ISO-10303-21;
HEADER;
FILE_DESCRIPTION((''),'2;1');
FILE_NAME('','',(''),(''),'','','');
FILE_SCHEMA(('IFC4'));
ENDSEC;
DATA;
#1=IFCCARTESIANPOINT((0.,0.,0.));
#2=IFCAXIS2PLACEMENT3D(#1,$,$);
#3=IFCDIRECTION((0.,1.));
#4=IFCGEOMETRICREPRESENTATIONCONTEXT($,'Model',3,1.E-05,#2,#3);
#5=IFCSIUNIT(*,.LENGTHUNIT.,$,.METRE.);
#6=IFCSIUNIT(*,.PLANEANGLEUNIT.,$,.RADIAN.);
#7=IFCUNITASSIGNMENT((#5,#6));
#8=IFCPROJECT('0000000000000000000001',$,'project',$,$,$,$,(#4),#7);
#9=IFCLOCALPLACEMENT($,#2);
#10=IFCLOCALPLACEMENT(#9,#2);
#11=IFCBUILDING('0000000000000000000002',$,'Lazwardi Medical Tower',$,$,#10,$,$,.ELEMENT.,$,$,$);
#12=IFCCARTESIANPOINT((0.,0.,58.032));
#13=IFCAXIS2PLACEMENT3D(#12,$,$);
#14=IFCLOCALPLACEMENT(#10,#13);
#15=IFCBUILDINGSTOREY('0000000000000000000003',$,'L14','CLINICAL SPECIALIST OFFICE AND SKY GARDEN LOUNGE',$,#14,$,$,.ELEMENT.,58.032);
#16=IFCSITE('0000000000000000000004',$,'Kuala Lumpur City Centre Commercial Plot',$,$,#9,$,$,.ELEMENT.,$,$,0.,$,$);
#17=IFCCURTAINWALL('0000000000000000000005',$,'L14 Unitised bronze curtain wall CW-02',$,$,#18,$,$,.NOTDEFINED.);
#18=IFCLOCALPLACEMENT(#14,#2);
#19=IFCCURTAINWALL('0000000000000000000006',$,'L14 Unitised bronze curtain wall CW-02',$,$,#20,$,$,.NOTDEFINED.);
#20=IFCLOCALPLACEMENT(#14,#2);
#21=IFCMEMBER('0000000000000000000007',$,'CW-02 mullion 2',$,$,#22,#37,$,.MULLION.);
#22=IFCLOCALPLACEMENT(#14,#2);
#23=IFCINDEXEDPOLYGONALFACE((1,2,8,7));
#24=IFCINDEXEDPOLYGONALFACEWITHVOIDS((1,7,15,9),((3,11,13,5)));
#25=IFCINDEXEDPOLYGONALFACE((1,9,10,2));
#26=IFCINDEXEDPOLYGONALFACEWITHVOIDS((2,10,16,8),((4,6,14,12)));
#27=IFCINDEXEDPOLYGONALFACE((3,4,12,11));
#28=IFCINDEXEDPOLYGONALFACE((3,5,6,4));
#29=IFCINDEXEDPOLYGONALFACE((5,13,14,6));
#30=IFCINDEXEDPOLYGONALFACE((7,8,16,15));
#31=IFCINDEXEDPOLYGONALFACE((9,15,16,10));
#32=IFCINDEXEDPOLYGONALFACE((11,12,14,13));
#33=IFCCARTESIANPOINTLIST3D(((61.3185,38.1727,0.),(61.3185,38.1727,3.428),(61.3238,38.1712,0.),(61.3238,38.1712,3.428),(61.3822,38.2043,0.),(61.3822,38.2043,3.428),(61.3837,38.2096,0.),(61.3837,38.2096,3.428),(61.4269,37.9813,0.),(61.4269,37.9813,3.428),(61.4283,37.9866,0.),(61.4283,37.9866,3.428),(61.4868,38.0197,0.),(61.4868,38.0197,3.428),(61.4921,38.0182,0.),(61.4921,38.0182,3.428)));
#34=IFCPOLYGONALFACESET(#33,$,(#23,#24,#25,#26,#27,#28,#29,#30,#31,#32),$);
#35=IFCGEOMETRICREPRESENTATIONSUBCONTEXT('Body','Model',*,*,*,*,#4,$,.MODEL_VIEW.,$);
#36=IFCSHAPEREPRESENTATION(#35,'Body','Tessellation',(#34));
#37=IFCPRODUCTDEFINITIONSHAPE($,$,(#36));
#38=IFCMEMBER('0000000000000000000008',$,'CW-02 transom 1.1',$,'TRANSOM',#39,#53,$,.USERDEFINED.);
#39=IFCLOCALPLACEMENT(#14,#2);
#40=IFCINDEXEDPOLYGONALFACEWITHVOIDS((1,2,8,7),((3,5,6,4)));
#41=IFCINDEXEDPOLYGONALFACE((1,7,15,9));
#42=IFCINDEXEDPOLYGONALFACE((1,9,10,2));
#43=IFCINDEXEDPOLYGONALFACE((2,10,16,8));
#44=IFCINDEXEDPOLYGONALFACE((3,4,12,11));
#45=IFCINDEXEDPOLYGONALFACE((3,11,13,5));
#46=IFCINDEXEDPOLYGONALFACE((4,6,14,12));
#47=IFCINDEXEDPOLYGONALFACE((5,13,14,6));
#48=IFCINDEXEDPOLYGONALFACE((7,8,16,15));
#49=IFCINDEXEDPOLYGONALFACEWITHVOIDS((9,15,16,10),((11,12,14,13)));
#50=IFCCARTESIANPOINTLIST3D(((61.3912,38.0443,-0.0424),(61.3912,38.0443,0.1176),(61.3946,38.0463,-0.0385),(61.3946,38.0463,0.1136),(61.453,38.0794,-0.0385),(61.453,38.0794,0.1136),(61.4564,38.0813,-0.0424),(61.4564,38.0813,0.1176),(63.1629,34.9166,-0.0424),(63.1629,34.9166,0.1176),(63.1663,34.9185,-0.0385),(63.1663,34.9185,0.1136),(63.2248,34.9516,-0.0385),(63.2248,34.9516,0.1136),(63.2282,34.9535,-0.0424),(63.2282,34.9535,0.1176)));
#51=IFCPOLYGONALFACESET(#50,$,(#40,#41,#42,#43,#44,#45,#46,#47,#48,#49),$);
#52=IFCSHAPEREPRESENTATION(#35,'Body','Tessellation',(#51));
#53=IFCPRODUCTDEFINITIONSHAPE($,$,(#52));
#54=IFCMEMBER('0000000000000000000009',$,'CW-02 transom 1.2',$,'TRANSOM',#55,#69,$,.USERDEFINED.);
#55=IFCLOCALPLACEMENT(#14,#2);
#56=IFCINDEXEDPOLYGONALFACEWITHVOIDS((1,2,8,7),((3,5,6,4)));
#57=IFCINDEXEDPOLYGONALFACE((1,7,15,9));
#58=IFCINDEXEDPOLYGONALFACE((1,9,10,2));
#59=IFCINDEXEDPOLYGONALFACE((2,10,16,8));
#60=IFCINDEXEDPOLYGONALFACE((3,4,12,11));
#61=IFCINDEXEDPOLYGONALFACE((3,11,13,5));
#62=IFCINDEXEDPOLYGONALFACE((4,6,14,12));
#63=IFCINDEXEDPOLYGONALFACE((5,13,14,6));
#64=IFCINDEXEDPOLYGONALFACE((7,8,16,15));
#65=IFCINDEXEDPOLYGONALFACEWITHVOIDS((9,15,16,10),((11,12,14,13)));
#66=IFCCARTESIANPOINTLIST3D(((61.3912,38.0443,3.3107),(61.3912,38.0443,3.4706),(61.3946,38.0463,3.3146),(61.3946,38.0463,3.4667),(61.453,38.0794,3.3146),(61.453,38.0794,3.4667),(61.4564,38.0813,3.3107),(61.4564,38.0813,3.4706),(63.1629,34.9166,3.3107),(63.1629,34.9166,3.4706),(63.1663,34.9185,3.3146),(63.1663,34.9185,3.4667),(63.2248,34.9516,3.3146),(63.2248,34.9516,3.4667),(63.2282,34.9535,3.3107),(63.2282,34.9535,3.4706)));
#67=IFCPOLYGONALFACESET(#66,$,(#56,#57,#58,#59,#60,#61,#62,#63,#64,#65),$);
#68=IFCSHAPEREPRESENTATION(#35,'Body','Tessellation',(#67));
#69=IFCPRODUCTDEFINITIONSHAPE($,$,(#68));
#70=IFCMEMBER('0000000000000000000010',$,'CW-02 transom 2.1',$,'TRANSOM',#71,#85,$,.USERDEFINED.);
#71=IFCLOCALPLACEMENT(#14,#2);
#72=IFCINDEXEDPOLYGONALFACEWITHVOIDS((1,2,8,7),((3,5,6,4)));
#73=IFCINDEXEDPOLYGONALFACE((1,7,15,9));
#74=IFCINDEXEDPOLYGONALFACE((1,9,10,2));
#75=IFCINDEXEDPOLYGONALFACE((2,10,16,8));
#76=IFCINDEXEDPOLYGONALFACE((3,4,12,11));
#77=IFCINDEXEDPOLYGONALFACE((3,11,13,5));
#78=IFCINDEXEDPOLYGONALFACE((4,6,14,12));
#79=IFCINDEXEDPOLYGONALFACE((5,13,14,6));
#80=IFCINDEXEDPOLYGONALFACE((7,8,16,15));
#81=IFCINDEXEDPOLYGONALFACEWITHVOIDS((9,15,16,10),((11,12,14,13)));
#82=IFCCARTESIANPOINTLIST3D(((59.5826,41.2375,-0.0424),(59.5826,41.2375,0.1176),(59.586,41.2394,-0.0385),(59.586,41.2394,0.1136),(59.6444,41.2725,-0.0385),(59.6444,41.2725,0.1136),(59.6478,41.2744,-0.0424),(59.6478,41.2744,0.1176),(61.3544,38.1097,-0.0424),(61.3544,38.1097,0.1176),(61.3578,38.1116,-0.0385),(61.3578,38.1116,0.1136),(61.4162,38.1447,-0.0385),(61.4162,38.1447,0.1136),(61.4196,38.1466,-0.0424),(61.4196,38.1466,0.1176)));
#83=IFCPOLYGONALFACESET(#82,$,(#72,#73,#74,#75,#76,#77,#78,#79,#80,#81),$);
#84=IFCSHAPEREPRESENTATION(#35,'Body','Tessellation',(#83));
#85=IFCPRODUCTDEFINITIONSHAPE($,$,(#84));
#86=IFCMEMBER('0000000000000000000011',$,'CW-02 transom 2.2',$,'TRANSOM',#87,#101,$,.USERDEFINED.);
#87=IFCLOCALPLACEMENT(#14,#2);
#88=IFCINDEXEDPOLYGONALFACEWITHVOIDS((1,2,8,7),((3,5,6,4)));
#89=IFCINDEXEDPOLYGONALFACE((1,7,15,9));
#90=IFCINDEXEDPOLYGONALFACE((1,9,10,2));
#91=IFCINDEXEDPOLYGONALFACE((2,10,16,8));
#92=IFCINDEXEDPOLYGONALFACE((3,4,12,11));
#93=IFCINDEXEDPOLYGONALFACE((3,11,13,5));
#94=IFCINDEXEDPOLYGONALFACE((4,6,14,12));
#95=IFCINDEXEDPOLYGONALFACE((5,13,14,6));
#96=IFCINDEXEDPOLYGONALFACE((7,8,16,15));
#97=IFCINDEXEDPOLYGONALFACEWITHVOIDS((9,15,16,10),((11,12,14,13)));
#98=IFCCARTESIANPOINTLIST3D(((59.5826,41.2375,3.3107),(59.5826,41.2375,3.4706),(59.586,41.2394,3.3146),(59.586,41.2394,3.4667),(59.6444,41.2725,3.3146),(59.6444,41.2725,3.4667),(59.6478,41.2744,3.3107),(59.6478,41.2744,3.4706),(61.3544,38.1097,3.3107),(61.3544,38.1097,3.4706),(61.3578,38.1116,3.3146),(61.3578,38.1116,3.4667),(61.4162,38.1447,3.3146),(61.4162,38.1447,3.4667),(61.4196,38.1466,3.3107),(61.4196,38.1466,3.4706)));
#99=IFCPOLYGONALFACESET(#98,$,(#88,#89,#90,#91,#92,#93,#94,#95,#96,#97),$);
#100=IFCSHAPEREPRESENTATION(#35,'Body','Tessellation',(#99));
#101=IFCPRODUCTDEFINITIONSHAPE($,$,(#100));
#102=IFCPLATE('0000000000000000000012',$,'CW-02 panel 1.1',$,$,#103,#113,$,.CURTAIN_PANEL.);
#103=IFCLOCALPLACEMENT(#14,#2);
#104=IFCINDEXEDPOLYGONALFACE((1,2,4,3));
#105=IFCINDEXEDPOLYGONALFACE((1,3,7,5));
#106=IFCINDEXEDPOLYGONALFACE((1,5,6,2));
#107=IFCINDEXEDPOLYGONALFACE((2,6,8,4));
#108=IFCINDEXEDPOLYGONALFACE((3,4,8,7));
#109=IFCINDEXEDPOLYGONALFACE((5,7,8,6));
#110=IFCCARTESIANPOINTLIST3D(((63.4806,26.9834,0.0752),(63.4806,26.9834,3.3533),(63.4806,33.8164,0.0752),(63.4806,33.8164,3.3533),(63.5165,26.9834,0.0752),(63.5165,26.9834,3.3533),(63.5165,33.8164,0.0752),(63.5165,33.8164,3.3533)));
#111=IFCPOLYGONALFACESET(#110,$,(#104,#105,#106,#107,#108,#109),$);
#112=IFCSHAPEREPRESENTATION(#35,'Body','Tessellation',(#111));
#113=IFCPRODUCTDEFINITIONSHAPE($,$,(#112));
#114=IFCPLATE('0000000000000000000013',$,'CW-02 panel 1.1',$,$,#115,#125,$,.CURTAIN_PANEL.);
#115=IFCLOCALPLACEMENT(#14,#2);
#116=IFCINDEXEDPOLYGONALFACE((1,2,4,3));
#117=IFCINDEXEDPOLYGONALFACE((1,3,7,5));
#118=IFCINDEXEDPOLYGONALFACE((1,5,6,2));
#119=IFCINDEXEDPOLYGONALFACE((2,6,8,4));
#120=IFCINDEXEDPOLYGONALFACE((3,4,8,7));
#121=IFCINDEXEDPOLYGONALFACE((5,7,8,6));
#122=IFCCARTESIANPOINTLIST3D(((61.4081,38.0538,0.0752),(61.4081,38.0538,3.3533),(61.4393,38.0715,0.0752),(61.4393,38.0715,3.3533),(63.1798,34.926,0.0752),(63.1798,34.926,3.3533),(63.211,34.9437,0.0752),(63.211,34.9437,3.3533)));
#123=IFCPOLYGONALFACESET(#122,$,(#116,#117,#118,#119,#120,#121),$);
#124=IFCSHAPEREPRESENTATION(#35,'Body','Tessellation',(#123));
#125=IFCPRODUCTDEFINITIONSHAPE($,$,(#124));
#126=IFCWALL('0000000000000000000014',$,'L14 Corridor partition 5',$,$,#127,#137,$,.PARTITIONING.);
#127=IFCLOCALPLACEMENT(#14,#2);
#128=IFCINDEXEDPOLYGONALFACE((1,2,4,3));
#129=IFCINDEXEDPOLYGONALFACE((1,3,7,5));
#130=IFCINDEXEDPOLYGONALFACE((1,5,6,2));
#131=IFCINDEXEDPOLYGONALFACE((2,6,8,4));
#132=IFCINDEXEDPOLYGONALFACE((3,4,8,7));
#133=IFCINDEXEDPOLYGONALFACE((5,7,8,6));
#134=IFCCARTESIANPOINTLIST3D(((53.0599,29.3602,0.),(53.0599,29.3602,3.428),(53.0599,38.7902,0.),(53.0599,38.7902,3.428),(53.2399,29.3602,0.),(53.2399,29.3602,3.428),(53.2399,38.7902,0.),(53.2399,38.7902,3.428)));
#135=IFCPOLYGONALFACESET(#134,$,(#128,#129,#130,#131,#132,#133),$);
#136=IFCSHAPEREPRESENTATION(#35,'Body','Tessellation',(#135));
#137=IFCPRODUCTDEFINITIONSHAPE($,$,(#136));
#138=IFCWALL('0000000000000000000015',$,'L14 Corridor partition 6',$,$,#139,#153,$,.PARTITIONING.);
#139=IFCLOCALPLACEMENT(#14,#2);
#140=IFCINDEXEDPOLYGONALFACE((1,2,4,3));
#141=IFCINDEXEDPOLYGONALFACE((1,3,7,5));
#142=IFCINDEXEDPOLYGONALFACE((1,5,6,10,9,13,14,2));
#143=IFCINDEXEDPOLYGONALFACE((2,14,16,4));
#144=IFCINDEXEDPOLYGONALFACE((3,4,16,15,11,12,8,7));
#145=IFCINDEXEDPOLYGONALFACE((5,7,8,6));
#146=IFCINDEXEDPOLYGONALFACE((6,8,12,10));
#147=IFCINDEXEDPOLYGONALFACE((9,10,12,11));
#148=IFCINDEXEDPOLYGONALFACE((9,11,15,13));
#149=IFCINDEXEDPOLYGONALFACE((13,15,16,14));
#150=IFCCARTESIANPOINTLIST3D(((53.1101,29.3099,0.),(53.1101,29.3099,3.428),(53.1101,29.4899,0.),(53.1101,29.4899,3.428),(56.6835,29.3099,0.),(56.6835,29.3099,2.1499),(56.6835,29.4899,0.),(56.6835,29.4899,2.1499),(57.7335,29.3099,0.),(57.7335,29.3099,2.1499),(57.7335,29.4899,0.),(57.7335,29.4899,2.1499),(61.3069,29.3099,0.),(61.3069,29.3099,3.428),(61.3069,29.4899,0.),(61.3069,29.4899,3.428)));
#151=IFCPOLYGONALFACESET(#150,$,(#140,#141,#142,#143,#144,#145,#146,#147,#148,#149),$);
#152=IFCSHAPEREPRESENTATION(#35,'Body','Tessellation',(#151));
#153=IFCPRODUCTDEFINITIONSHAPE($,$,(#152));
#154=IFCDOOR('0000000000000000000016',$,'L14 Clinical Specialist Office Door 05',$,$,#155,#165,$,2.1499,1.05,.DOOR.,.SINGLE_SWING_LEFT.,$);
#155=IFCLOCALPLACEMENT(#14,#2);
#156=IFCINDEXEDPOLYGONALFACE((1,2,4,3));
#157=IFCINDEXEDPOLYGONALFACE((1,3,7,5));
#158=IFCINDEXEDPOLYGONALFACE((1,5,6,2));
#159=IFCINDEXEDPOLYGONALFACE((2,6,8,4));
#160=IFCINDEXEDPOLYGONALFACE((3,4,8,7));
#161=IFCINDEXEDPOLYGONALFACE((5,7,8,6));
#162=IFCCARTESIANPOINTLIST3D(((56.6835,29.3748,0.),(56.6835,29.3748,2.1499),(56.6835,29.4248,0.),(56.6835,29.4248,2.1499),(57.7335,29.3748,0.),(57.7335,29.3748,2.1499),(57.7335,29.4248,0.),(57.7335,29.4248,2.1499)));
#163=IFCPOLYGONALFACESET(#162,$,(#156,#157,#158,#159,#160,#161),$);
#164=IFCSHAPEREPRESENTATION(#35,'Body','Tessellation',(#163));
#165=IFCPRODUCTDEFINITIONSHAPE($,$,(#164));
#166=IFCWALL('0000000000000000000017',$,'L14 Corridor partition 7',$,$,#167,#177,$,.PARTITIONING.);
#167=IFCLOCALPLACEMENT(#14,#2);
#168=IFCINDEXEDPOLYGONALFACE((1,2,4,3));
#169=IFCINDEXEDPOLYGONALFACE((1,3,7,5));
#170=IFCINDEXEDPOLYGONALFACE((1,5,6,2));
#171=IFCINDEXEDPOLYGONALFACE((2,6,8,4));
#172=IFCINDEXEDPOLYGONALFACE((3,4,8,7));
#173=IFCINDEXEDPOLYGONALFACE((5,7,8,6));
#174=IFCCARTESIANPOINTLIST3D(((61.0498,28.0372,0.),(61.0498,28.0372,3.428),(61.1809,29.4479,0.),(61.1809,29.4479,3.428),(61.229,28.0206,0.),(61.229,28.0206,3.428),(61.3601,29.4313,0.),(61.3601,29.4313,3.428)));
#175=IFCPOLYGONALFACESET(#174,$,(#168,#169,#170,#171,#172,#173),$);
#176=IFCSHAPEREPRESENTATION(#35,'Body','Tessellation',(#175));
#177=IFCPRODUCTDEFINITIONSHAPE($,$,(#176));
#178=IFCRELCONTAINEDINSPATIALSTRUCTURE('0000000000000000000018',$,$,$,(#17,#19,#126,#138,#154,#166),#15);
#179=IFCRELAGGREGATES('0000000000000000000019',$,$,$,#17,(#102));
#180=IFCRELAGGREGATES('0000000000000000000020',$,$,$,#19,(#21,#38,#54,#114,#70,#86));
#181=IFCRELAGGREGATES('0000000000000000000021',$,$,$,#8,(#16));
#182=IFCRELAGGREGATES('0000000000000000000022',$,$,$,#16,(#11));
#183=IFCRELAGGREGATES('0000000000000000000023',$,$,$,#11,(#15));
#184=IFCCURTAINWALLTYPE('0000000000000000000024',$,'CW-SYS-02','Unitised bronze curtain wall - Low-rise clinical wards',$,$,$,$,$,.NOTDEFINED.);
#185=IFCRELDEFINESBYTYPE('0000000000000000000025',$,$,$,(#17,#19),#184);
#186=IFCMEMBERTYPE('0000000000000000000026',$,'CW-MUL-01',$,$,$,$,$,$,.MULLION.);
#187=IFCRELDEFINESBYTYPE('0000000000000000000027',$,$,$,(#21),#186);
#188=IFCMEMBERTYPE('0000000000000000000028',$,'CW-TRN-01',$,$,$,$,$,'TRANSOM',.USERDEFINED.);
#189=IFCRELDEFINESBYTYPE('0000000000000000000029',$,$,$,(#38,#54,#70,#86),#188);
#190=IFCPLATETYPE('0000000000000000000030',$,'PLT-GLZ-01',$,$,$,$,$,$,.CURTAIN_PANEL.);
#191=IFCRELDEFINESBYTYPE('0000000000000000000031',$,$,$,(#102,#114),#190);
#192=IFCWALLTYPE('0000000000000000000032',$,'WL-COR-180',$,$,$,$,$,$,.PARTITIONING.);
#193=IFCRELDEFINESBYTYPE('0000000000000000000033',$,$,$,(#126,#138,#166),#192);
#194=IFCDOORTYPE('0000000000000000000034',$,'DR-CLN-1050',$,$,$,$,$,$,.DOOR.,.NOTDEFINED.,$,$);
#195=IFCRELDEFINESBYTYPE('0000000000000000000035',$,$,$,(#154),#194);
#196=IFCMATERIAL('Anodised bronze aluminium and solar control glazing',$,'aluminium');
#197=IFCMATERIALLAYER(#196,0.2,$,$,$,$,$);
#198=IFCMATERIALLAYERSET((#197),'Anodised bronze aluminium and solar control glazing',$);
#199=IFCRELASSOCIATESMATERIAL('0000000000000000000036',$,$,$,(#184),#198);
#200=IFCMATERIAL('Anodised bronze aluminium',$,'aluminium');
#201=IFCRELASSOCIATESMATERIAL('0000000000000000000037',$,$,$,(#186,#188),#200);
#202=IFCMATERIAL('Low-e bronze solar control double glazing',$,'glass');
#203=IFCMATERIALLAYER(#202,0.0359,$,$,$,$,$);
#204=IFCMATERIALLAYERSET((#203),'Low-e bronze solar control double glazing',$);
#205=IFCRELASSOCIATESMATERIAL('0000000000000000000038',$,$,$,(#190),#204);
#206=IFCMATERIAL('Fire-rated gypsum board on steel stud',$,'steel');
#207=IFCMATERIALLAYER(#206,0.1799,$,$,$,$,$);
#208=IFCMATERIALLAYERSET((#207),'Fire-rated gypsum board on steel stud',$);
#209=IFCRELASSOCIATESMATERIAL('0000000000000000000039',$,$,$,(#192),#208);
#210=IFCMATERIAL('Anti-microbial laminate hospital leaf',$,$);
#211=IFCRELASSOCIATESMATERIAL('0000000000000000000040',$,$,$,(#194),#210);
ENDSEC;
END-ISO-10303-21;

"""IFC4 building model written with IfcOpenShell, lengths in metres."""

from ifc_helpers import new_model, si_unit, direction, frame, frame_2d, origin, origin_2d, place, context, subcontext, project, spatial, rectangle, hollow_rectangle, extrude, material, layer, layer_set, material_profile, profile_set, type_object, element, fill, aggregate, save


model = new_model("IFC4")

# Units and contexts
model_context = context("Model", 3, precision=1e-05, world=origin(), true_north=direction((0.0, 1.0)))
body_context = subcontext(model_context, "Body", "Model", "MODEL_VIEW")
ifc_project = project(units=[si_unit("LENGTHUNIT", "METRE"), si_unit("PLANEANGLEUNIT", "RADIAN")], contexts=[model_context])

# Site, building, storey
site_placement = place(None, origin())
site = spatial("IfcSite", under=ifc_project, at=site_placement, Name="Kuala Lumpur City Centre Commercial Plot", CompositionType="ELEMENT", RefElevation=0.0)
building_placement = place(site_placement, origin())
building = spatial("IfcBuilding", under=site, at=building_placement, Name="Lazwardi Medical Tower", CompositionType="ELEMENT")
storey_placement = place(building_placement, frame((0.0, 0.0, 58.032)))
storey = spatial("IfcBuildingStorey", under=building, at=storey_placement, Name="L14", Description="CLINICAL SPECIALIST OFFICE AND SKY GARDEN LOUNGE", CompositionType="ELEMENT", Elevation=58.032)

# Curtain wall
ifc_material_1 = material(Name="Anodised bronze aluminium and solar control glazing", Category="aluminium")
ifc_layer_1 = layer(ifc_material_1, 0.2)
ifc_layer_set_1 = layer_set([ifc_layer_1], Name="Anodised bronze aluminium and solar control glazing")
curtain_wall_type = type_object("IfcCurtainWallType", Name="CW-SYS-02", Description="Unitised bronze curtain wall - Low-rise clinical wards", PredefinedType="NOTDEFINED", material=ifc_layer_set_1)
curtain_wall_1_placement = place(storey_placement, origin())
curtain_wall_1 = element("IfcCurtainWall", 1, at=curtain_wall_1_placement, inside=storey, type_object=curtain_wall_type, Name="L14 Unitised bronze curtain wall CW-02", PredefinedType="NOTDEFINED")
ifc_material_2 = material(Name="Anodised bronze aluminium", Category="aluminium")
ifc_material_profile_1 = material_profile(ifc_material_2, hollow_rectangle(XDim=0.075, YDim=0.22, WallThickness=0.0039, at=origin_2d()), Name="ALU-MULLION 220x75x4")
ifc_profile_set_1 = profile_set([ifc_material_profile_1], Name="Anodised bronze aluminium")
member_type_1 = type_object("IfcMemberType", Name="CW-MUL-01", PredefinedType="MULLION", material=ifc_profile_set_1)

# Curtain wall, members
curtain_wall_2_placement = place(storey_placement, origin())
curtain_wall_2 = element("IfcCurtainWall", 2, at=curtain_wall_2_placement, inside=storey, type_object=curtain_wall_type, Name="L14 Unitised bronze curtain wall CW-02", PredefinedType="NOTDEFINED")
member_1_placement = place(storey_placement, frame((61.4053, 38.0955, 0.0), z_axis=(0.0, 0.0, 1.0), x_axis=(-0.870112, -0.492854, 0.0)))
member_1 = element("IfcMember", 3, at=member_1_placement, type_object=member_type_1, Name="CW-02 mullion 2", PredefinedType="MULLION", context=body_context, shape_type="SweptSolid", body=[
    extrude(hollow_rectangle(XDim=0.075, YDim=0.22, WallThickness=0.0039, at=origin_2d()), origin(), (0.0, 0.0, 1.0), 3.428),
])
ifc_material_profile_2 = material_profile(ifc_material_2, hollow_rectangle(XDim=0.075, YDim=0.1599, WallThickness=0.0039, at=origin_2d()), Name="ALU-TRANSOM 160x75x4")
ifc_profile_set_2 = profile_set([ifc_material_profile_2], Name="Anodised bronze aluminium")
member_type_2 = type_object("IfcMemberType", Name="CW-TRN-01", ElementType="TRANSOM", PredefinedType="USERDEFINED", material=ifc_profile_set_2)
member_2_placement = place(storey_placement, frame((63.1956, 34.9351, 0.0376), z_axis=(-0.492881, 0.870097, 0.0), x_axis=(-0.870097, -0.492881, 0.0)))
member_2 = element("IfcMember", 4, at=member_2_placement, type_object=member_type_2, Name="CW-02 transom 1.1", ObjectType="TRANSOM", PredefinedType="USERDEFINED", context=body_context, shape_type="SweptSolid", body=[
    extrude(hollow_rectangle(XDim=0.075, YDim=0.1599, WallThickness=0.0039, at=origin_2d()), origin(), (0.0, 0.0, 1.0), 3.5947),
])
member_3_placement = place(storey_placement, frame((63.1956, 34.9351, 3.3906), z_axis=(-0.492881, 0.870097, 0.0), x_axis=(-0.870097, -0.492881, 0.0)))
member_3 = element("IfcMember", 5, at=member_3_placement, type_object=member_type_2, Name="CW-02 transom 1.2", ObjectType="TRANSOM", PredefinedType="USERDEFINED", context=body_context, shape_type="SweptSolid", body=[
    extrude(hollow_rectangle(XDim=0.075, YDim=0.1599, WallThickness=0.0039, at=origin_2d()), origin(), (0.0, 0.0, 1.0), 3.5947),
])
member_4_placement = place(storey_placement, frame((61.387, 38.1282, 0.0376), z_axis=(-0.492881, 0.870097, 0.0), x_axis=(-0.870097, -0.492881, 0.0)))
member_4 = element("IfcMember", 6, at=member_4_placement, type_object=member_type_2, Name="CW-02 transom 2.1", ObjectType="TRANSOM", PredefinedType="USERDEFINED", context=body_context, shape_type="SweptSolid", body=[
    extrude(hollow_rectangle(XDim=0.075, YDim=0.1599, WallThickness=0.0039, at=origin_2d()), origin(), (0.0, 0.0, 1.0), 3.5947),
])
member_5_placement = place(storey_placement, frame((61.387, 38.1282, 3.3906), z_axis=(-0.492881, 0.870097, 0.0), x_axis=(-0.870097, -0.492881, 0.0)))
member_5 = element("IfcMember", 7, at=member_5_placement, type_object=member_type_2, Name="CW-02 transom 2.2", ObjectType="TRANSOM", PredefinedType="USERDEFINED", context=body_context, shape_type="SweptSolid", body=[
    extrude(hollow_rectangle(XDim=0.075, YDim=0.1599, WallThickness=0.0039, at=origin_2d()), origin(), (0.0, 0.0, 1.0), 3.5947),
])

# Plates
ifc_material_3 = material(Name="Low-e bronze solar control double glazing", Category="glass")
ifc_layer_2 = layer(ifc_material_3, 0.0359)
ifc_layer_set_2 = layer_set([ifc_layer_2], Name="Low-e bronze solar control double glazing")
plate_type = type_object("IfcPlateType", Name="PLT-GLZ-01", PredefinedType="CURTAIN_PANEL", material=ifc_layer_set_2)
plate_1_placement = place(storey_placement, frame((63.4985, 30.3999, 0.0752), z_axis=(0.0, 0.0, 1.0), x_axis=(0.0, 1.0, 0.0)))
plate_1 = element("IfcPlate", 8, at=plate_1_placement, type_object=plate_type, Name="CW-02 panel 1.1", PredefinedType="CURTAIN_PANEL", context=body_context, shape_type="SweptSolid", body=[
    extrude(rectangle(XDim=6.833, YDim=0.0359, at=origin_2d()), origin(), (0.0, 0.0, 1.0), 3.2781),
])
aggregate(curtain_wall_1, [plate_1])
plate_2_placement = place(storey_placement, frame((62.3096, 36.4988, 0.0752), z_axis=(0.0, 0.0, 1.0), x_axis=(-0.492854, 0.870112, 0.0)))
plate_2 = element("IfcPlate", 9, at=plate_2_placement, type_object=plate_type, Name="CW-02 panel 1.1", PredefinedType="CURTAIN_PANEL", context=body_context, shape_type="SweptSolid", body=[
    extrude(rectangle(XDim=3.5947, YDim=0.0359, at=origin_2d()), origin(), (0.0, 0.0, 1.0), 3.2781),
])
aggregate(curtain_wall_2, [member_1, member_2, member_3, plate_2, member_4, member_5])

# Wall
ifc_material_4 = material(Name="Fire-rated gypsum board on steel stud", Category="steel")
ifc_layer_3 = layer(ifc_material_4, 0.1799)
ifc_layer_set_3 = layer_set([ifc_layer_3], Name="Fire-rated gypsum board on steel stud")
wall_type_1 = type_object("IfcWallType", Name="WL-COR-180", PredefinedType="PARTITIONING", material=ifc_layer_set_3)
wall_1_placement = place(storey_placement, frame((53.1499, 38.79, 0.0), z_axis=(0.0, 0.0, 1.0), x_axis=(0.0, -1.0, 0.0)))
element("IfcWall", 10, at=wall_1_placement, inside=storey, type_object=wall_type_1, Name="L14 Corridor partition 5", PredefinedType="PARTITIONING", context=body_context, shape_type="SweptSolid", body=[
    extrude(rectangle(XDim=9.4299, YDim=0.1799, at=frame_2d((4.7148, 0.0))), origin(), (0.0, 0.0, 1.0), 3.428),
])

# Wall, opening, door
wall_2_placement = place(storey_placement, frame((53.1101, 29.3999, 0.0), z_axis=(0.0, 0.0, 1.0), x_axis=(1.0, 0.0, 0.0)))
wall_2 = element("IfcWall", 11, at=wall_2_placement, inside=storey, type_object=wall_type_1, Name="L14 Corridor partition 6", PredefinedType="PARTITIONING", context=body_context, shape_type="SweptSolid", body=[
    extrude(rectangle(XDim=8.1968, YDim=0.1799, at=frame_2d((4.0984, 0.0))), origin(), (0.0, 0.0, 1.0), 3.428),
])
opening_1_placement = place(wall_2_placement, frame((3.5735, 0.0, 0.0)))
opening_1 = element("IfcOpeningElement", 12, at=opening_1_placement, cuts=wall_2, PredefinedType="OPENING", context=body_context, shape_type="SweptSolid", body=[
    extrude(rectangle(XDim=1.05, YDim=2.1499, at=frame_2d((0.5249, 1.075))), frame((0.0, 0.0999, 0.0), z_axis=(0.0, -1.0, 0.0), x_axis=(1.0, 0.0, 0.0)), (0.0, 0.0, 1.0), 0.2),
])
ifc_material_5 = material(Name="Anti-microbial laminate hospital leaf")
door_type_1 = type_object("IfcDoorType", Name="DR-CLN-1050", OperationType="NOTDEFINED", PredefinedType="DOOR", material=ifc_material_5)
door_1_placement = place(opening_1_placement, origin())
door_1 = element("IfcDoor", 13, at=door_1_placement, inside=storey, type_object=door_type_1, Name="L14 Clinical Specialist Office Door 05", OperationType="SINGLE_SWING_LEFT", OverallHeight=2.1499, OverallWidth=1.05, PredefinedType="DOOR", context=body_context, shape_type="SweptSolid", body=[
    extrude(rectangle(XDim=1.05, YDim=2.1499, at=frame_2d((0.5249, 1.075))), frame((0.0, 0.0249, 0.0), z_axis=(0.0, -1.0, 0.0), x_axis=(1.0, 0.0, 0.0)), (0.0, 0.0, 1.0), 0.05),
])
fill(opening_1, door_1)

# Wall
wall_3_placement = place(storey_placement, frame((61.2705, 29.4397, 0.0), z_axis=(0.0, 0.0, 1.0), x_axis=(-0.09254, -0.995709, 0.0)))
element("IfcWall", 14, at=wall_3_placement, inside=storey, type_object=wall_type_1, Name="L14 Corridor partition 7", PredefinedType="PARTITIONING", context=body_context, shape_type="SweptSolid", body=[
    extrude(rectangle(XDim=1.4167, YDim=0.1799, at=frame_2d((0.7085, 0.0))), origin(), (0.0, 0.0, 1.0), 3.428),
])

save(model, "model.ifc")
